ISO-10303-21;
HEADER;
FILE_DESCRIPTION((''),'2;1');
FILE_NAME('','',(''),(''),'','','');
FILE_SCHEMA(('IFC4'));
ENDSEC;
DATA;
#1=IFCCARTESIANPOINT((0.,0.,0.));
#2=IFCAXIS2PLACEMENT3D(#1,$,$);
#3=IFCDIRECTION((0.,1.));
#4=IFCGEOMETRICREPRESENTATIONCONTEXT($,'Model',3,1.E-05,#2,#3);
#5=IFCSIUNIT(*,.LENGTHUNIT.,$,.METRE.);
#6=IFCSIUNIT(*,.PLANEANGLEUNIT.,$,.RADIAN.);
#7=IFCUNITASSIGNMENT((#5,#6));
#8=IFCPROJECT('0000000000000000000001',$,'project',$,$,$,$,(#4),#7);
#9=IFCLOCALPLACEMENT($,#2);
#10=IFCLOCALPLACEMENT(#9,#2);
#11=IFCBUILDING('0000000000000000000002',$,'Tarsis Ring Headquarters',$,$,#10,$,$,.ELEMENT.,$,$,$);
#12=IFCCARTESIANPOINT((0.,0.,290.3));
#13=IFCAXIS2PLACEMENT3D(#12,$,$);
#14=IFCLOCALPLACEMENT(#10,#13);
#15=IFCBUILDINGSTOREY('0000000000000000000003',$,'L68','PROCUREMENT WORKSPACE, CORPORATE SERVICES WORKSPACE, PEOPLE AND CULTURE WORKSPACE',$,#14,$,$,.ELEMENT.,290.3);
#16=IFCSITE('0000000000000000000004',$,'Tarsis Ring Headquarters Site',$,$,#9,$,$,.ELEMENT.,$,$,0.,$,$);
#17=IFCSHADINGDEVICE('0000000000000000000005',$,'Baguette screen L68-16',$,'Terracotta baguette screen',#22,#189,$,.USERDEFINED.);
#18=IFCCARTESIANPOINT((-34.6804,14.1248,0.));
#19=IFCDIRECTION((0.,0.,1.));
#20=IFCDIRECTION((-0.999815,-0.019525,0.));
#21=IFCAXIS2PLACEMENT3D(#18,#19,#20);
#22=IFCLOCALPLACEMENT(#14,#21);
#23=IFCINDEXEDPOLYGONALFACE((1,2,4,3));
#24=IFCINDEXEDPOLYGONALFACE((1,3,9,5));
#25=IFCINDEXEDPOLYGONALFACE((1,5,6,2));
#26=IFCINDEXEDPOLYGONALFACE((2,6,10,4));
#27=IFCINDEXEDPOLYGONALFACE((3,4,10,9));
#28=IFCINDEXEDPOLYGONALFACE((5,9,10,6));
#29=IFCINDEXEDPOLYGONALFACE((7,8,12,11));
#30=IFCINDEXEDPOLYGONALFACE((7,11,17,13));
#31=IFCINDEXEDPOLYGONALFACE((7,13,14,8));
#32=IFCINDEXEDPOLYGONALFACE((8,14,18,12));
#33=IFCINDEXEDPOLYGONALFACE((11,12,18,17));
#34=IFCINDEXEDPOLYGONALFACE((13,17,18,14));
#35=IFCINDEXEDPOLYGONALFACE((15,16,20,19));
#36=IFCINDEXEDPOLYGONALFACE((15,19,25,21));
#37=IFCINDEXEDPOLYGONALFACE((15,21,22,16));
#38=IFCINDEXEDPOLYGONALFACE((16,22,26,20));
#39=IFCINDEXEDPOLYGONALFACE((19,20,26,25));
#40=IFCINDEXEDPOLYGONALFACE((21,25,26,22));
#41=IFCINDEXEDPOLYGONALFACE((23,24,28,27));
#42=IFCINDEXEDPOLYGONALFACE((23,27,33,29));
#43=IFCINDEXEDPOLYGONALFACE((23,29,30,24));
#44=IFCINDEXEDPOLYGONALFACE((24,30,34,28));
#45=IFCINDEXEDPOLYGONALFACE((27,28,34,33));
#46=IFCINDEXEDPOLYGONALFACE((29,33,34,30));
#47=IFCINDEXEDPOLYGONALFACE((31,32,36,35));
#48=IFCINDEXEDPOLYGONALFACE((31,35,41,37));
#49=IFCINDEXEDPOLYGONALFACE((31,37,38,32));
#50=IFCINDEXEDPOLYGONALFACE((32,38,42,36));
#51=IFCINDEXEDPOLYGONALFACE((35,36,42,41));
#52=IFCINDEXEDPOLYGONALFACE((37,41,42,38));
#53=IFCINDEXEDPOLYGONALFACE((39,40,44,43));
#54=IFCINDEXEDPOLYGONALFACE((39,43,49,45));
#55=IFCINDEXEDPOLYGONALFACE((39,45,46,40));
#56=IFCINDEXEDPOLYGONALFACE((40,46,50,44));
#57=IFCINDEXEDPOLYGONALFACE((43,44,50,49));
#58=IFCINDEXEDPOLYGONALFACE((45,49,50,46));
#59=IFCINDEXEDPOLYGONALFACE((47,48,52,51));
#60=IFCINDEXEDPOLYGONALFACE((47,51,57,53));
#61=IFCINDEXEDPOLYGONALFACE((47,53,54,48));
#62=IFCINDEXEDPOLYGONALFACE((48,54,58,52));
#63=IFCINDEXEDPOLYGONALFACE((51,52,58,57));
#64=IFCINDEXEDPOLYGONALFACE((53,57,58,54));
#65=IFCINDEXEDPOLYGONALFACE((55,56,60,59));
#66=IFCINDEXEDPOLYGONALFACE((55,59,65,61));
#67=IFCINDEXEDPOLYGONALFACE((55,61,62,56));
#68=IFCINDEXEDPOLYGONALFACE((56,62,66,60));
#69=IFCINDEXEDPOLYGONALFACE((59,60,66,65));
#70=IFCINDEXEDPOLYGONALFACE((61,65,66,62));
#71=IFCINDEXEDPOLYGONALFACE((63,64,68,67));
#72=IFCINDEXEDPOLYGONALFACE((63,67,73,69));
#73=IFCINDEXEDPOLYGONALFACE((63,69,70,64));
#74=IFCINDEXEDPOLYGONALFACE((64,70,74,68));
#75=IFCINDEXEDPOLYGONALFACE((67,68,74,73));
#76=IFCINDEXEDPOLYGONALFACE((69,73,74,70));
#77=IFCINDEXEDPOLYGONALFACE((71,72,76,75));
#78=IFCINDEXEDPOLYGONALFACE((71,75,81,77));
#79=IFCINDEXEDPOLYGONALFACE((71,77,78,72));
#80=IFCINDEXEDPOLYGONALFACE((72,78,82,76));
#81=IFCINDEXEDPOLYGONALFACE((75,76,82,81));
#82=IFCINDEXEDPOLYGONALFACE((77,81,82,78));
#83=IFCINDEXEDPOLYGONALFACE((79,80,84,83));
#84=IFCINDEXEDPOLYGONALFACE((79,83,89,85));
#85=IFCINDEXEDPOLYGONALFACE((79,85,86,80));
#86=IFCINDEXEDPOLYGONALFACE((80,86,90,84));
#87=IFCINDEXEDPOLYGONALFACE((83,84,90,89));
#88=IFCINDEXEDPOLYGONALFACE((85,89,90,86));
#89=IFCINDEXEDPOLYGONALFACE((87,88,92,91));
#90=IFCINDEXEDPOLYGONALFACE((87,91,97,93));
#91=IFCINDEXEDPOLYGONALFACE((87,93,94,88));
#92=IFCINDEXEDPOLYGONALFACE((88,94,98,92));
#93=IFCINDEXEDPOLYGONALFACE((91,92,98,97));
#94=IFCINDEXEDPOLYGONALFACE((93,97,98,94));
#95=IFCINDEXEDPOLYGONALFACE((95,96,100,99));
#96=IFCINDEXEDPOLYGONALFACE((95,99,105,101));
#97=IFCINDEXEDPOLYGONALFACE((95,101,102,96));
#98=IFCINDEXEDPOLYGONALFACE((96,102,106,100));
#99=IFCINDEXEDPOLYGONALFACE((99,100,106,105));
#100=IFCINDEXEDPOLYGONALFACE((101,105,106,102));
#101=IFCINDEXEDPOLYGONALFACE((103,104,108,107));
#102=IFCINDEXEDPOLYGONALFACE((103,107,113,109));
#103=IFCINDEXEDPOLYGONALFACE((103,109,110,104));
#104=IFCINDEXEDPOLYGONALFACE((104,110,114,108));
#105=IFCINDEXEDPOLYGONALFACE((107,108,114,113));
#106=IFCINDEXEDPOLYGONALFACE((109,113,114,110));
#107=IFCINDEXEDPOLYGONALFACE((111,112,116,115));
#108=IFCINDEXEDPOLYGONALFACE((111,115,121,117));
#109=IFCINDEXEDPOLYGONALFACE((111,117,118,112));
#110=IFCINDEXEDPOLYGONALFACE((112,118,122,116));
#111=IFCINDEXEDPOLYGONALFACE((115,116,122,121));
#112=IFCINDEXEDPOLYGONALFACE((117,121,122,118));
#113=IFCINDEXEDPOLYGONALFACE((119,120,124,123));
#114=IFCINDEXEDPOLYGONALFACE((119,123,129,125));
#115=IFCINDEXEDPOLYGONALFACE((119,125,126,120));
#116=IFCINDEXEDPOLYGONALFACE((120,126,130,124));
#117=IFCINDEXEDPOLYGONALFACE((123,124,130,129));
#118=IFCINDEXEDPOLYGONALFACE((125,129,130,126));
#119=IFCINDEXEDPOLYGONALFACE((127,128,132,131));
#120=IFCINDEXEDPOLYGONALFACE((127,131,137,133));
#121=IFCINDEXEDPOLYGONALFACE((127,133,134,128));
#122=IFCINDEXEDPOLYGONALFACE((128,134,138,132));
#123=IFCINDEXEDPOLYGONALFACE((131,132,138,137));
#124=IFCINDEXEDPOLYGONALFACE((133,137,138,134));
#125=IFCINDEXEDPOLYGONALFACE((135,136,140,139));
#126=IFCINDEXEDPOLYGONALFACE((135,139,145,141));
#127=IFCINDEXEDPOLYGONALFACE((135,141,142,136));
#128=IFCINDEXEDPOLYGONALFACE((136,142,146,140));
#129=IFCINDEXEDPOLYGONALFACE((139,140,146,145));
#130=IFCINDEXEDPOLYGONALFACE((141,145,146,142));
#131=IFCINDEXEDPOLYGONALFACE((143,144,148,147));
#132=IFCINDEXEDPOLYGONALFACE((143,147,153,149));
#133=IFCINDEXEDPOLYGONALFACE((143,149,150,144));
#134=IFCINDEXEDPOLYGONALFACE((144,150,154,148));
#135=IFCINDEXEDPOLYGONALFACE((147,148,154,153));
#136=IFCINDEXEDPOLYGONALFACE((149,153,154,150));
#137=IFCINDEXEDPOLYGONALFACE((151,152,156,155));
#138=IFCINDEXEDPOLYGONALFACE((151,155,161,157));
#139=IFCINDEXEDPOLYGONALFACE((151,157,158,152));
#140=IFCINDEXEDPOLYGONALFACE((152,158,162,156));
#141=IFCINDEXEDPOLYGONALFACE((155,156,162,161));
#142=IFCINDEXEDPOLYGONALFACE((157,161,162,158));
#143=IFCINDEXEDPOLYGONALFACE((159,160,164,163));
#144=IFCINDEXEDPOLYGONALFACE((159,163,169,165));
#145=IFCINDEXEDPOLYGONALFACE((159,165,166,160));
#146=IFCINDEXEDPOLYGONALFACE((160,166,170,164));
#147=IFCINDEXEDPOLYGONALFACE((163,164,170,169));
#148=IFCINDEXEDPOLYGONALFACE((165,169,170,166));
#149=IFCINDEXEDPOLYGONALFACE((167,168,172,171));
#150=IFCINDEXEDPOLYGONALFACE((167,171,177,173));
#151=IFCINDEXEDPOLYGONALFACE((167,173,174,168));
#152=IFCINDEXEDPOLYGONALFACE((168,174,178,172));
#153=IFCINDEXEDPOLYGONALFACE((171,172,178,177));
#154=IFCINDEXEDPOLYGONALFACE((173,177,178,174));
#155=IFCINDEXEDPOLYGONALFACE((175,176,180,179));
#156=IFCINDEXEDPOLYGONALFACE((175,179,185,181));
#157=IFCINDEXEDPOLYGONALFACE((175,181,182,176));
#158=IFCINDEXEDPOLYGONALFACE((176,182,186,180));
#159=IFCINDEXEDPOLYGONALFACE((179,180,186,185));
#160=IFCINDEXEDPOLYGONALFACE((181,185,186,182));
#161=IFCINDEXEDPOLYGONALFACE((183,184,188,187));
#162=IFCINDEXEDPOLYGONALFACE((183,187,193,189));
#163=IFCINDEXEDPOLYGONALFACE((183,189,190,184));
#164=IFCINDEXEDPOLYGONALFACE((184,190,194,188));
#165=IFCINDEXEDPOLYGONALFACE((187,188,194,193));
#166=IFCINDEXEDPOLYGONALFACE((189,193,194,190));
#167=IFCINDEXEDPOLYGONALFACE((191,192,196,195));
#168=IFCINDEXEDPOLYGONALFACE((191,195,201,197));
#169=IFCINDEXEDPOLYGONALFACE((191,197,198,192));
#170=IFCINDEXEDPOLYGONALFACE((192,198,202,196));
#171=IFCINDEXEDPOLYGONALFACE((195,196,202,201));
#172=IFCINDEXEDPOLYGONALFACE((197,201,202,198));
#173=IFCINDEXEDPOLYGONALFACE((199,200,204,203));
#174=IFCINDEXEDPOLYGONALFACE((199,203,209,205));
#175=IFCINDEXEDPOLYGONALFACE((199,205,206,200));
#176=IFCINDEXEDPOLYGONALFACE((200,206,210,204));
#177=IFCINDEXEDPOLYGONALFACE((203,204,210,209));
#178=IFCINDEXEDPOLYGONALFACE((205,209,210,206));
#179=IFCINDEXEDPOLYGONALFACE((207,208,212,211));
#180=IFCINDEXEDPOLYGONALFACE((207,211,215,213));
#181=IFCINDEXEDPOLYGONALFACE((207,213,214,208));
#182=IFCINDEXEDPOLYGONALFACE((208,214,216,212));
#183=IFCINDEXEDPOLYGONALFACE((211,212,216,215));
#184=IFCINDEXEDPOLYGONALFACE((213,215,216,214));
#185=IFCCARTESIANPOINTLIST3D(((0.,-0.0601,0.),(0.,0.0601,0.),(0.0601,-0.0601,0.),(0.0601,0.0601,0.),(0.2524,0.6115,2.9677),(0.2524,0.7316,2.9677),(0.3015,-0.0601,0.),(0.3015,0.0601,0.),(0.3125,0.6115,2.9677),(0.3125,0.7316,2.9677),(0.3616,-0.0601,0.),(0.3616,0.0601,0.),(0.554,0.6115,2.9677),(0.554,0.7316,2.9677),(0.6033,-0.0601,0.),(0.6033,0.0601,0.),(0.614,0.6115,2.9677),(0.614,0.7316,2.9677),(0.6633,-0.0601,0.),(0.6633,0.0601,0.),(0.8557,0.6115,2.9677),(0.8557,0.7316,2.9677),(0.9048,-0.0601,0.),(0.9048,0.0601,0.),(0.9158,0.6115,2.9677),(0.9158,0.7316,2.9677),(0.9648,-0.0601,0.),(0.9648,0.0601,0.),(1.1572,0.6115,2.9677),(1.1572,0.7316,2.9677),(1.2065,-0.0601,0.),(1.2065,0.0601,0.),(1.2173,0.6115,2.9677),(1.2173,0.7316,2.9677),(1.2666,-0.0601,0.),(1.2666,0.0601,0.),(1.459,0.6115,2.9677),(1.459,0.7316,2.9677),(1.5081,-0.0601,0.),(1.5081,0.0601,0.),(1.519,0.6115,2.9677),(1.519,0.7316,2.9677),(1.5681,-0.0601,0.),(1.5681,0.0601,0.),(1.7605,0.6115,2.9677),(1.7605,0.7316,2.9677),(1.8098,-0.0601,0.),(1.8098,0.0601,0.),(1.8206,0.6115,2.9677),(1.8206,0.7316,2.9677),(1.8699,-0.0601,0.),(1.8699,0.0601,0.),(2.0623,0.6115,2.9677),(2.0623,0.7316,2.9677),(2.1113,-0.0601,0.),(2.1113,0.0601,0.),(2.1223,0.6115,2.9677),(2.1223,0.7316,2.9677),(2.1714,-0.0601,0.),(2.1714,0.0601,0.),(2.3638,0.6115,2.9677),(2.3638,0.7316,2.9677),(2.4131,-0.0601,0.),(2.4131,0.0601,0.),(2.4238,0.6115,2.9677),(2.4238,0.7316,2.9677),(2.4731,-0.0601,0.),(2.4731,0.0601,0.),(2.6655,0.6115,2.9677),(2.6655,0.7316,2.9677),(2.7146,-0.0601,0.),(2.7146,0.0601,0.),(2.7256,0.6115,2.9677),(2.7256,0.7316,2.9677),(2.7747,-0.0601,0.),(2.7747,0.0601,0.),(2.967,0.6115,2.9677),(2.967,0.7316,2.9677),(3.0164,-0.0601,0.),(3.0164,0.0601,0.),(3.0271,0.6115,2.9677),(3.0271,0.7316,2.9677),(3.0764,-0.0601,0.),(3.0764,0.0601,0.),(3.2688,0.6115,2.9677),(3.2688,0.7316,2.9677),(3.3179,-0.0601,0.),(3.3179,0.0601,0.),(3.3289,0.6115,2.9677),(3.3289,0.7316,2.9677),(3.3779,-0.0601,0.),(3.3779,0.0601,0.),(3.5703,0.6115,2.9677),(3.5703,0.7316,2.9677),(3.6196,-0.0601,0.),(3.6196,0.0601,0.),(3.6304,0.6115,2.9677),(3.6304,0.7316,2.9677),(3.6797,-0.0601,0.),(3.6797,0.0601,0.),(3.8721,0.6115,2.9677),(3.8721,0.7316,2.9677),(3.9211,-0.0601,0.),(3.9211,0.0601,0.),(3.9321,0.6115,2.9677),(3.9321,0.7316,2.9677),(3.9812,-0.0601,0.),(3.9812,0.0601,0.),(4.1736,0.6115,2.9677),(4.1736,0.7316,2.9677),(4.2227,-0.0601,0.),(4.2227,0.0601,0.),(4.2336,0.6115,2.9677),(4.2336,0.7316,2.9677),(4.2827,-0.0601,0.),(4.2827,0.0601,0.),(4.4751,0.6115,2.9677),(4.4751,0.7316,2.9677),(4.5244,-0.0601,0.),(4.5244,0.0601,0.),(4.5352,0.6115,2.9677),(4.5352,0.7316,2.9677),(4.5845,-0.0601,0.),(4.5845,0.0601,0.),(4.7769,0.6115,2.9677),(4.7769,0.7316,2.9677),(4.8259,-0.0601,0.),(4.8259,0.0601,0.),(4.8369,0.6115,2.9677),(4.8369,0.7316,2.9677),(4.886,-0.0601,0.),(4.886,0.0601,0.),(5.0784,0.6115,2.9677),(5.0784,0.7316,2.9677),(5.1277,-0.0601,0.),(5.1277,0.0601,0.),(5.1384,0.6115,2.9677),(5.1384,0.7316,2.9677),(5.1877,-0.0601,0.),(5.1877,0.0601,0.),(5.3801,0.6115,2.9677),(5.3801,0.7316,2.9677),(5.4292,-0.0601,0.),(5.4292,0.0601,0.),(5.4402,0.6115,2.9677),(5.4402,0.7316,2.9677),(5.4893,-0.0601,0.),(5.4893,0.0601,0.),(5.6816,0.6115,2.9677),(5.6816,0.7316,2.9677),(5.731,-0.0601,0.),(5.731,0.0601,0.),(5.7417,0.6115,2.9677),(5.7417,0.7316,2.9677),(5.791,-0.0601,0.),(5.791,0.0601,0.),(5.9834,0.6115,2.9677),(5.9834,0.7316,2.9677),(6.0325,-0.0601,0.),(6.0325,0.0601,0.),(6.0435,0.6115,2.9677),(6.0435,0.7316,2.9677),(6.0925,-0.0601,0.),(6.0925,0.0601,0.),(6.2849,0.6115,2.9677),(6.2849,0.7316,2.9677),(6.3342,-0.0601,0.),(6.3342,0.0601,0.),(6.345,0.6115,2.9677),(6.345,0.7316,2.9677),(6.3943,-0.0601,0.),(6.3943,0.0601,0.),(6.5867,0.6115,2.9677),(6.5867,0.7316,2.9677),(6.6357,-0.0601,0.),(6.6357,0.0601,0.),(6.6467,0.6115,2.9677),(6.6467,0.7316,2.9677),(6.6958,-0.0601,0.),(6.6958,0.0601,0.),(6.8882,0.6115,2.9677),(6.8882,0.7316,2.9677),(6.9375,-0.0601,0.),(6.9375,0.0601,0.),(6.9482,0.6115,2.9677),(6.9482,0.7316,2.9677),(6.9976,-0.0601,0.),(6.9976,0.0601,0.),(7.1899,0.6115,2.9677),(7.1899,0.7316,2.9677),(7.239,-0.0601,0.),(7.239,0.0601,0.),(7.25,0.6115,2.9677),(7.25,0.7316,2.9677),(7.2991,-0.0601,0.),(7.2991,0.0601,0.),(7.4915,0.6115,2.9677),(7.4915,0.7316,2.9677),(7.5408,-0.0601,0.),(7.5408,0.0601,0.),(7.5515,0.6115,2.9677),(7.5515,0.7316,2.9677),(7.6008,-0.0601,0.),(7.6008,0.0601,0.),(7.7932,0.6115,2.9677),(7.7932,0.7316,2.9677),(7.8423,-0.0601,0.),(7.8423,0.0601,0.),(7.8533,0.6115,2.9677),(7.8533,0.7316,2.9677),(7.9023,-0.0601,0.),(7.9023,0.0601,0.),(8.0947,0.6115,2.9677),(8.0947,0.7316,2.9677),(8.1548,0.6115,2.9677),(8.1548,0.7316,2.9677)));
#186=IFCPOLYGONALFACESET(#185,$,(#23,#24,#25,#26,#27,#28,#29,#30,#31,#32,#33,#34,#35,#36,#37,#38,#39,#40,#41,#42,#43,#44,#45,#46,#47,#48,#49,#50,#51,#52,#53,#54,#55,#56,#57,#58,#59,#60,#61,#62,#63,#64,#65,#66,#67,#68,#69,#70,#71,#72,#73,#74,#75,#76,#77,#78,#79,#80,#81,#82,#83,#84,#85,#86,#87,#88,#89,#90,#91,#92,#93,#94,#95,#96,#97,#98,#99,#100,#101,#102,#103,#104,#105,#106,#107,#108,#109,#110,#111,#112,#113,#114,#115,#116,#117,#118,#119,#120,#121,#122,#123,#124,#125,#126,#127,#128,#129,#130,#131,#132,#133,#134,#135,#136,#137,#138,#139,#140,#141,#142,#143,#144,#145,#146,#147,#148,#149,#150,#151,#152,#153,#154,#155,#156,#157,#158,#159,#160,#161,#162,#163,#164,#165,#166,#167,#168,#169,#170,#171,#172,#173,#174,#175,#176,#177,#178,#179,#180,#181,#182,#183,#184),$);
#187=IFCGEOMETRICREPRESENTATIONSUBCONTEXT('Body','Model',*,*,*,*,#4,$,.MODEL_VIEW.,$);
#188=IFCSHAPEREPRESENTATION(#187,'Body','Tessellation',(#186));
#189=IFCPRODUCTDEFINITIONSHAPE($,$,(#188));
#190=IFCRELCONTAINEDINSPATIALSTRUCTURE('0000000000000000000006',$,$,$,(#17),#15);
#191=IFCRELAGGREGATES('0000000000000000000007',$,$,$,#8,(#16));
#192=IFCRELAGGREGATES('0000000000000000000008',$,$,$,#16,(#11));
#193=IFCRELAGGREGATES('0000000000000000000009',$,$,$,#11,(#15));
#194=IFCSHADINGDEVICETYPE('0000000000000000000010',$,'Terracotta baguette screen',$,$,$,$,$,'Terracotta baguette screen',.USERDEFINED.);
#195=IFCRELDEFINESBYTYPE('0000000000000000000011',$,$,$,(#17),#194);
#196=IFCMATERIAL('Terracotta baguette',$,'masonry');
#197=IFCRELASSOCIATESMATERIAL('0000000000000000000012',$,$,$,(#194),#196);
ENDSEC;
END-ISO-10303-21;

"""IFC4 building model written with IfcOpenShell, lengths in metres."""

from ifc_helpers import new_model, si_unit, direction, frame, frame_2d, origin, place, context, subcontext, project, spatial, rectangle, composite_profile, extrude, material, type_object, element, save


model = new_model("IFC4")

# Units and contexts
model_context = context("Model", 3, precision=1e-05, world=origin(), true_north=direction((0.0, 1.0)))
body_context = subcontext(model_context, "Body", "Model", "MODEL_VIEW")
ifc_project = project(units=[si_unit("LENGTHUNIT", "METRE"), si_unit("PLANEANGLEUNIT", "RADIAN")], contexts=[model_context])

# Site, building, storey
site_placement = place(None, origin())
site = spatial("IfcSite", under=ifc_project, at=site_placement, Name="Tarsis Ring Headquarters Site", CompositionType="ELEMENT", RefElevation=0.0)
building_placement = place(site_placement, origin())
building = spatial("IfcBuilding", under=site, at=building_placement, Name="Tarsis Ring Headquarters", CompositionType="ELEMENT")
storey_placement = place(building_placement, frame((0.0, 0.0, 290.3)))
storey = spatial("IfcBuildingStorey", under=building, at=storey_placement, Name="L68", Description="PROCUREMENT WORKSPACE, CORPORATE SERVICES WORKSPACE, PEOPLE AND CULTURE WORKSPACE", CompositionType="ELEMENT", Elevation=290.3)

# Shading device
ifc_material_1 = material(Name="Terracotta baguette", Category="masonry")
shading_device_type_1 = type_object("IfcShadingDeviceType", Name="Terracotta baguette screen", ElementType="Terracotta baguette screen", PredefinedType="USERDEFINED", material=ifc_material_1)
shading_device_1_placement = place(storey_placement, frame((-34.6804, 14.1248, 0.0), z_axis=(0.0, 0.0, 1.0), x_axis=(-0.999815, -0.019525, 0.0)))
element("IfcShadingDevice", 1, at=shading_device_1_placement, inside=storey, type_object=shading_device_type_1, Name="Baguette screen L68-16", ObjectType="Terracotta baguette screen", PredefinedType="USERDEFINED", context=body_context, shape_type="SweptSolid", body=[
    extrude(composite_profile([rectangle(XDim=0.0601, YDim=0.1201, at=frame_2d((0.03, 0.0))), rectangle(XDim=0.0601, YDim=0.1201, at=frame_2d((0.3315, 0.0))), rectangle(XDim=0.0601, YDim=0.1201, at=frame_2d((0.6333, 0.0))), rectangle(XDim=0.0601, YDim=0.1201, at=frame_2d((0.9348, 0.0))), rectangle(XDim=0.0601, YDim=0.1201, at=frame_2d((1.2366, 0.0))), rectangle(XDim=0.0601, YDim=0.1201, at=frame_2d((1.5381, 0.0))), rectangle(XDim=0.0601, YDim=0.1201, at=frame_2d((1.8398, 0.0))), rectangle(XDim=0.0601, YDim=0.1201, at=frame_2d((2.1414, 0.0))), rectangle(XDim=0.0601, YDim=0.1201, at=frame_2d((2.4431, 0.0))), rectangle(XDim=0.0601, YDim=0.1201, at=frame_2d((2.7446, 0.0))), rectangle(XDim=0.0601, YDim=0.1201, at=frame_2d((3.0464, 0.0))), rectangle(XDim=0.0601, YDim=0.1201, at=frame_2d((3.3479, 0.0))), rectangle(XDim=0.0601, YDim=0.1201, at=frame_2d((3.6497, 0.0))), rectangle(XDim=0.0601, YDim=0.1201, at=frame_2d((3.9512, 0.0))), rectangle(XDim=0.0601, YDim=0.1201, at=frame_2d((4.2527, 0.0))), rectangle(XDim=0.0601, YDim=0.1201, at=frame_2d((4.5544, 0.0))), rectangle(XDim=0.0601, YDim=0.1201, at=frame_2d((4.856, 0.0))), rectangle(XDim=0.0601, YDim=0.1201, at=frame_2d((5.1577, 0.0))), rectangle(XDim=0.0601, YDim=0.1201, at=frame_2d((5.4592, 0.0))), rectangle(XDim=0.0601, YDim=0.1201, at=frame_2d((5.761, 0.0))), rectangle(XDim=0.0601, YDim=0.1201, at=frame_2d((6.0625, 0.0))), rectangle(XDim=0.0601, YDim=0.1201, at=frame_2d((6.3643, 0.0))), rectangle(XDim=0.0601, YDim=0.1201, at=frame_2d((6.6658, 0.0))), rectangle(XDim=0.0601, YDim=0.1201, at=frame_2d((6.9675, 0.0))), rectangle(XDim=0.0601, YDim=0.1201, at=frame_2d((7.269, 0.0))), rectangle(XDim=0.0601, YDim=0.1201, at=frame_2d((7.5708, 0.0))), rectangle(XDim=0.0601, YDim=0.1201, at=frame_2d((7.8723, 0.0)))]), origin(), (0.082679, 0.219943, 0.972003), 3.0532),
])

save(model, "model.ifc")
